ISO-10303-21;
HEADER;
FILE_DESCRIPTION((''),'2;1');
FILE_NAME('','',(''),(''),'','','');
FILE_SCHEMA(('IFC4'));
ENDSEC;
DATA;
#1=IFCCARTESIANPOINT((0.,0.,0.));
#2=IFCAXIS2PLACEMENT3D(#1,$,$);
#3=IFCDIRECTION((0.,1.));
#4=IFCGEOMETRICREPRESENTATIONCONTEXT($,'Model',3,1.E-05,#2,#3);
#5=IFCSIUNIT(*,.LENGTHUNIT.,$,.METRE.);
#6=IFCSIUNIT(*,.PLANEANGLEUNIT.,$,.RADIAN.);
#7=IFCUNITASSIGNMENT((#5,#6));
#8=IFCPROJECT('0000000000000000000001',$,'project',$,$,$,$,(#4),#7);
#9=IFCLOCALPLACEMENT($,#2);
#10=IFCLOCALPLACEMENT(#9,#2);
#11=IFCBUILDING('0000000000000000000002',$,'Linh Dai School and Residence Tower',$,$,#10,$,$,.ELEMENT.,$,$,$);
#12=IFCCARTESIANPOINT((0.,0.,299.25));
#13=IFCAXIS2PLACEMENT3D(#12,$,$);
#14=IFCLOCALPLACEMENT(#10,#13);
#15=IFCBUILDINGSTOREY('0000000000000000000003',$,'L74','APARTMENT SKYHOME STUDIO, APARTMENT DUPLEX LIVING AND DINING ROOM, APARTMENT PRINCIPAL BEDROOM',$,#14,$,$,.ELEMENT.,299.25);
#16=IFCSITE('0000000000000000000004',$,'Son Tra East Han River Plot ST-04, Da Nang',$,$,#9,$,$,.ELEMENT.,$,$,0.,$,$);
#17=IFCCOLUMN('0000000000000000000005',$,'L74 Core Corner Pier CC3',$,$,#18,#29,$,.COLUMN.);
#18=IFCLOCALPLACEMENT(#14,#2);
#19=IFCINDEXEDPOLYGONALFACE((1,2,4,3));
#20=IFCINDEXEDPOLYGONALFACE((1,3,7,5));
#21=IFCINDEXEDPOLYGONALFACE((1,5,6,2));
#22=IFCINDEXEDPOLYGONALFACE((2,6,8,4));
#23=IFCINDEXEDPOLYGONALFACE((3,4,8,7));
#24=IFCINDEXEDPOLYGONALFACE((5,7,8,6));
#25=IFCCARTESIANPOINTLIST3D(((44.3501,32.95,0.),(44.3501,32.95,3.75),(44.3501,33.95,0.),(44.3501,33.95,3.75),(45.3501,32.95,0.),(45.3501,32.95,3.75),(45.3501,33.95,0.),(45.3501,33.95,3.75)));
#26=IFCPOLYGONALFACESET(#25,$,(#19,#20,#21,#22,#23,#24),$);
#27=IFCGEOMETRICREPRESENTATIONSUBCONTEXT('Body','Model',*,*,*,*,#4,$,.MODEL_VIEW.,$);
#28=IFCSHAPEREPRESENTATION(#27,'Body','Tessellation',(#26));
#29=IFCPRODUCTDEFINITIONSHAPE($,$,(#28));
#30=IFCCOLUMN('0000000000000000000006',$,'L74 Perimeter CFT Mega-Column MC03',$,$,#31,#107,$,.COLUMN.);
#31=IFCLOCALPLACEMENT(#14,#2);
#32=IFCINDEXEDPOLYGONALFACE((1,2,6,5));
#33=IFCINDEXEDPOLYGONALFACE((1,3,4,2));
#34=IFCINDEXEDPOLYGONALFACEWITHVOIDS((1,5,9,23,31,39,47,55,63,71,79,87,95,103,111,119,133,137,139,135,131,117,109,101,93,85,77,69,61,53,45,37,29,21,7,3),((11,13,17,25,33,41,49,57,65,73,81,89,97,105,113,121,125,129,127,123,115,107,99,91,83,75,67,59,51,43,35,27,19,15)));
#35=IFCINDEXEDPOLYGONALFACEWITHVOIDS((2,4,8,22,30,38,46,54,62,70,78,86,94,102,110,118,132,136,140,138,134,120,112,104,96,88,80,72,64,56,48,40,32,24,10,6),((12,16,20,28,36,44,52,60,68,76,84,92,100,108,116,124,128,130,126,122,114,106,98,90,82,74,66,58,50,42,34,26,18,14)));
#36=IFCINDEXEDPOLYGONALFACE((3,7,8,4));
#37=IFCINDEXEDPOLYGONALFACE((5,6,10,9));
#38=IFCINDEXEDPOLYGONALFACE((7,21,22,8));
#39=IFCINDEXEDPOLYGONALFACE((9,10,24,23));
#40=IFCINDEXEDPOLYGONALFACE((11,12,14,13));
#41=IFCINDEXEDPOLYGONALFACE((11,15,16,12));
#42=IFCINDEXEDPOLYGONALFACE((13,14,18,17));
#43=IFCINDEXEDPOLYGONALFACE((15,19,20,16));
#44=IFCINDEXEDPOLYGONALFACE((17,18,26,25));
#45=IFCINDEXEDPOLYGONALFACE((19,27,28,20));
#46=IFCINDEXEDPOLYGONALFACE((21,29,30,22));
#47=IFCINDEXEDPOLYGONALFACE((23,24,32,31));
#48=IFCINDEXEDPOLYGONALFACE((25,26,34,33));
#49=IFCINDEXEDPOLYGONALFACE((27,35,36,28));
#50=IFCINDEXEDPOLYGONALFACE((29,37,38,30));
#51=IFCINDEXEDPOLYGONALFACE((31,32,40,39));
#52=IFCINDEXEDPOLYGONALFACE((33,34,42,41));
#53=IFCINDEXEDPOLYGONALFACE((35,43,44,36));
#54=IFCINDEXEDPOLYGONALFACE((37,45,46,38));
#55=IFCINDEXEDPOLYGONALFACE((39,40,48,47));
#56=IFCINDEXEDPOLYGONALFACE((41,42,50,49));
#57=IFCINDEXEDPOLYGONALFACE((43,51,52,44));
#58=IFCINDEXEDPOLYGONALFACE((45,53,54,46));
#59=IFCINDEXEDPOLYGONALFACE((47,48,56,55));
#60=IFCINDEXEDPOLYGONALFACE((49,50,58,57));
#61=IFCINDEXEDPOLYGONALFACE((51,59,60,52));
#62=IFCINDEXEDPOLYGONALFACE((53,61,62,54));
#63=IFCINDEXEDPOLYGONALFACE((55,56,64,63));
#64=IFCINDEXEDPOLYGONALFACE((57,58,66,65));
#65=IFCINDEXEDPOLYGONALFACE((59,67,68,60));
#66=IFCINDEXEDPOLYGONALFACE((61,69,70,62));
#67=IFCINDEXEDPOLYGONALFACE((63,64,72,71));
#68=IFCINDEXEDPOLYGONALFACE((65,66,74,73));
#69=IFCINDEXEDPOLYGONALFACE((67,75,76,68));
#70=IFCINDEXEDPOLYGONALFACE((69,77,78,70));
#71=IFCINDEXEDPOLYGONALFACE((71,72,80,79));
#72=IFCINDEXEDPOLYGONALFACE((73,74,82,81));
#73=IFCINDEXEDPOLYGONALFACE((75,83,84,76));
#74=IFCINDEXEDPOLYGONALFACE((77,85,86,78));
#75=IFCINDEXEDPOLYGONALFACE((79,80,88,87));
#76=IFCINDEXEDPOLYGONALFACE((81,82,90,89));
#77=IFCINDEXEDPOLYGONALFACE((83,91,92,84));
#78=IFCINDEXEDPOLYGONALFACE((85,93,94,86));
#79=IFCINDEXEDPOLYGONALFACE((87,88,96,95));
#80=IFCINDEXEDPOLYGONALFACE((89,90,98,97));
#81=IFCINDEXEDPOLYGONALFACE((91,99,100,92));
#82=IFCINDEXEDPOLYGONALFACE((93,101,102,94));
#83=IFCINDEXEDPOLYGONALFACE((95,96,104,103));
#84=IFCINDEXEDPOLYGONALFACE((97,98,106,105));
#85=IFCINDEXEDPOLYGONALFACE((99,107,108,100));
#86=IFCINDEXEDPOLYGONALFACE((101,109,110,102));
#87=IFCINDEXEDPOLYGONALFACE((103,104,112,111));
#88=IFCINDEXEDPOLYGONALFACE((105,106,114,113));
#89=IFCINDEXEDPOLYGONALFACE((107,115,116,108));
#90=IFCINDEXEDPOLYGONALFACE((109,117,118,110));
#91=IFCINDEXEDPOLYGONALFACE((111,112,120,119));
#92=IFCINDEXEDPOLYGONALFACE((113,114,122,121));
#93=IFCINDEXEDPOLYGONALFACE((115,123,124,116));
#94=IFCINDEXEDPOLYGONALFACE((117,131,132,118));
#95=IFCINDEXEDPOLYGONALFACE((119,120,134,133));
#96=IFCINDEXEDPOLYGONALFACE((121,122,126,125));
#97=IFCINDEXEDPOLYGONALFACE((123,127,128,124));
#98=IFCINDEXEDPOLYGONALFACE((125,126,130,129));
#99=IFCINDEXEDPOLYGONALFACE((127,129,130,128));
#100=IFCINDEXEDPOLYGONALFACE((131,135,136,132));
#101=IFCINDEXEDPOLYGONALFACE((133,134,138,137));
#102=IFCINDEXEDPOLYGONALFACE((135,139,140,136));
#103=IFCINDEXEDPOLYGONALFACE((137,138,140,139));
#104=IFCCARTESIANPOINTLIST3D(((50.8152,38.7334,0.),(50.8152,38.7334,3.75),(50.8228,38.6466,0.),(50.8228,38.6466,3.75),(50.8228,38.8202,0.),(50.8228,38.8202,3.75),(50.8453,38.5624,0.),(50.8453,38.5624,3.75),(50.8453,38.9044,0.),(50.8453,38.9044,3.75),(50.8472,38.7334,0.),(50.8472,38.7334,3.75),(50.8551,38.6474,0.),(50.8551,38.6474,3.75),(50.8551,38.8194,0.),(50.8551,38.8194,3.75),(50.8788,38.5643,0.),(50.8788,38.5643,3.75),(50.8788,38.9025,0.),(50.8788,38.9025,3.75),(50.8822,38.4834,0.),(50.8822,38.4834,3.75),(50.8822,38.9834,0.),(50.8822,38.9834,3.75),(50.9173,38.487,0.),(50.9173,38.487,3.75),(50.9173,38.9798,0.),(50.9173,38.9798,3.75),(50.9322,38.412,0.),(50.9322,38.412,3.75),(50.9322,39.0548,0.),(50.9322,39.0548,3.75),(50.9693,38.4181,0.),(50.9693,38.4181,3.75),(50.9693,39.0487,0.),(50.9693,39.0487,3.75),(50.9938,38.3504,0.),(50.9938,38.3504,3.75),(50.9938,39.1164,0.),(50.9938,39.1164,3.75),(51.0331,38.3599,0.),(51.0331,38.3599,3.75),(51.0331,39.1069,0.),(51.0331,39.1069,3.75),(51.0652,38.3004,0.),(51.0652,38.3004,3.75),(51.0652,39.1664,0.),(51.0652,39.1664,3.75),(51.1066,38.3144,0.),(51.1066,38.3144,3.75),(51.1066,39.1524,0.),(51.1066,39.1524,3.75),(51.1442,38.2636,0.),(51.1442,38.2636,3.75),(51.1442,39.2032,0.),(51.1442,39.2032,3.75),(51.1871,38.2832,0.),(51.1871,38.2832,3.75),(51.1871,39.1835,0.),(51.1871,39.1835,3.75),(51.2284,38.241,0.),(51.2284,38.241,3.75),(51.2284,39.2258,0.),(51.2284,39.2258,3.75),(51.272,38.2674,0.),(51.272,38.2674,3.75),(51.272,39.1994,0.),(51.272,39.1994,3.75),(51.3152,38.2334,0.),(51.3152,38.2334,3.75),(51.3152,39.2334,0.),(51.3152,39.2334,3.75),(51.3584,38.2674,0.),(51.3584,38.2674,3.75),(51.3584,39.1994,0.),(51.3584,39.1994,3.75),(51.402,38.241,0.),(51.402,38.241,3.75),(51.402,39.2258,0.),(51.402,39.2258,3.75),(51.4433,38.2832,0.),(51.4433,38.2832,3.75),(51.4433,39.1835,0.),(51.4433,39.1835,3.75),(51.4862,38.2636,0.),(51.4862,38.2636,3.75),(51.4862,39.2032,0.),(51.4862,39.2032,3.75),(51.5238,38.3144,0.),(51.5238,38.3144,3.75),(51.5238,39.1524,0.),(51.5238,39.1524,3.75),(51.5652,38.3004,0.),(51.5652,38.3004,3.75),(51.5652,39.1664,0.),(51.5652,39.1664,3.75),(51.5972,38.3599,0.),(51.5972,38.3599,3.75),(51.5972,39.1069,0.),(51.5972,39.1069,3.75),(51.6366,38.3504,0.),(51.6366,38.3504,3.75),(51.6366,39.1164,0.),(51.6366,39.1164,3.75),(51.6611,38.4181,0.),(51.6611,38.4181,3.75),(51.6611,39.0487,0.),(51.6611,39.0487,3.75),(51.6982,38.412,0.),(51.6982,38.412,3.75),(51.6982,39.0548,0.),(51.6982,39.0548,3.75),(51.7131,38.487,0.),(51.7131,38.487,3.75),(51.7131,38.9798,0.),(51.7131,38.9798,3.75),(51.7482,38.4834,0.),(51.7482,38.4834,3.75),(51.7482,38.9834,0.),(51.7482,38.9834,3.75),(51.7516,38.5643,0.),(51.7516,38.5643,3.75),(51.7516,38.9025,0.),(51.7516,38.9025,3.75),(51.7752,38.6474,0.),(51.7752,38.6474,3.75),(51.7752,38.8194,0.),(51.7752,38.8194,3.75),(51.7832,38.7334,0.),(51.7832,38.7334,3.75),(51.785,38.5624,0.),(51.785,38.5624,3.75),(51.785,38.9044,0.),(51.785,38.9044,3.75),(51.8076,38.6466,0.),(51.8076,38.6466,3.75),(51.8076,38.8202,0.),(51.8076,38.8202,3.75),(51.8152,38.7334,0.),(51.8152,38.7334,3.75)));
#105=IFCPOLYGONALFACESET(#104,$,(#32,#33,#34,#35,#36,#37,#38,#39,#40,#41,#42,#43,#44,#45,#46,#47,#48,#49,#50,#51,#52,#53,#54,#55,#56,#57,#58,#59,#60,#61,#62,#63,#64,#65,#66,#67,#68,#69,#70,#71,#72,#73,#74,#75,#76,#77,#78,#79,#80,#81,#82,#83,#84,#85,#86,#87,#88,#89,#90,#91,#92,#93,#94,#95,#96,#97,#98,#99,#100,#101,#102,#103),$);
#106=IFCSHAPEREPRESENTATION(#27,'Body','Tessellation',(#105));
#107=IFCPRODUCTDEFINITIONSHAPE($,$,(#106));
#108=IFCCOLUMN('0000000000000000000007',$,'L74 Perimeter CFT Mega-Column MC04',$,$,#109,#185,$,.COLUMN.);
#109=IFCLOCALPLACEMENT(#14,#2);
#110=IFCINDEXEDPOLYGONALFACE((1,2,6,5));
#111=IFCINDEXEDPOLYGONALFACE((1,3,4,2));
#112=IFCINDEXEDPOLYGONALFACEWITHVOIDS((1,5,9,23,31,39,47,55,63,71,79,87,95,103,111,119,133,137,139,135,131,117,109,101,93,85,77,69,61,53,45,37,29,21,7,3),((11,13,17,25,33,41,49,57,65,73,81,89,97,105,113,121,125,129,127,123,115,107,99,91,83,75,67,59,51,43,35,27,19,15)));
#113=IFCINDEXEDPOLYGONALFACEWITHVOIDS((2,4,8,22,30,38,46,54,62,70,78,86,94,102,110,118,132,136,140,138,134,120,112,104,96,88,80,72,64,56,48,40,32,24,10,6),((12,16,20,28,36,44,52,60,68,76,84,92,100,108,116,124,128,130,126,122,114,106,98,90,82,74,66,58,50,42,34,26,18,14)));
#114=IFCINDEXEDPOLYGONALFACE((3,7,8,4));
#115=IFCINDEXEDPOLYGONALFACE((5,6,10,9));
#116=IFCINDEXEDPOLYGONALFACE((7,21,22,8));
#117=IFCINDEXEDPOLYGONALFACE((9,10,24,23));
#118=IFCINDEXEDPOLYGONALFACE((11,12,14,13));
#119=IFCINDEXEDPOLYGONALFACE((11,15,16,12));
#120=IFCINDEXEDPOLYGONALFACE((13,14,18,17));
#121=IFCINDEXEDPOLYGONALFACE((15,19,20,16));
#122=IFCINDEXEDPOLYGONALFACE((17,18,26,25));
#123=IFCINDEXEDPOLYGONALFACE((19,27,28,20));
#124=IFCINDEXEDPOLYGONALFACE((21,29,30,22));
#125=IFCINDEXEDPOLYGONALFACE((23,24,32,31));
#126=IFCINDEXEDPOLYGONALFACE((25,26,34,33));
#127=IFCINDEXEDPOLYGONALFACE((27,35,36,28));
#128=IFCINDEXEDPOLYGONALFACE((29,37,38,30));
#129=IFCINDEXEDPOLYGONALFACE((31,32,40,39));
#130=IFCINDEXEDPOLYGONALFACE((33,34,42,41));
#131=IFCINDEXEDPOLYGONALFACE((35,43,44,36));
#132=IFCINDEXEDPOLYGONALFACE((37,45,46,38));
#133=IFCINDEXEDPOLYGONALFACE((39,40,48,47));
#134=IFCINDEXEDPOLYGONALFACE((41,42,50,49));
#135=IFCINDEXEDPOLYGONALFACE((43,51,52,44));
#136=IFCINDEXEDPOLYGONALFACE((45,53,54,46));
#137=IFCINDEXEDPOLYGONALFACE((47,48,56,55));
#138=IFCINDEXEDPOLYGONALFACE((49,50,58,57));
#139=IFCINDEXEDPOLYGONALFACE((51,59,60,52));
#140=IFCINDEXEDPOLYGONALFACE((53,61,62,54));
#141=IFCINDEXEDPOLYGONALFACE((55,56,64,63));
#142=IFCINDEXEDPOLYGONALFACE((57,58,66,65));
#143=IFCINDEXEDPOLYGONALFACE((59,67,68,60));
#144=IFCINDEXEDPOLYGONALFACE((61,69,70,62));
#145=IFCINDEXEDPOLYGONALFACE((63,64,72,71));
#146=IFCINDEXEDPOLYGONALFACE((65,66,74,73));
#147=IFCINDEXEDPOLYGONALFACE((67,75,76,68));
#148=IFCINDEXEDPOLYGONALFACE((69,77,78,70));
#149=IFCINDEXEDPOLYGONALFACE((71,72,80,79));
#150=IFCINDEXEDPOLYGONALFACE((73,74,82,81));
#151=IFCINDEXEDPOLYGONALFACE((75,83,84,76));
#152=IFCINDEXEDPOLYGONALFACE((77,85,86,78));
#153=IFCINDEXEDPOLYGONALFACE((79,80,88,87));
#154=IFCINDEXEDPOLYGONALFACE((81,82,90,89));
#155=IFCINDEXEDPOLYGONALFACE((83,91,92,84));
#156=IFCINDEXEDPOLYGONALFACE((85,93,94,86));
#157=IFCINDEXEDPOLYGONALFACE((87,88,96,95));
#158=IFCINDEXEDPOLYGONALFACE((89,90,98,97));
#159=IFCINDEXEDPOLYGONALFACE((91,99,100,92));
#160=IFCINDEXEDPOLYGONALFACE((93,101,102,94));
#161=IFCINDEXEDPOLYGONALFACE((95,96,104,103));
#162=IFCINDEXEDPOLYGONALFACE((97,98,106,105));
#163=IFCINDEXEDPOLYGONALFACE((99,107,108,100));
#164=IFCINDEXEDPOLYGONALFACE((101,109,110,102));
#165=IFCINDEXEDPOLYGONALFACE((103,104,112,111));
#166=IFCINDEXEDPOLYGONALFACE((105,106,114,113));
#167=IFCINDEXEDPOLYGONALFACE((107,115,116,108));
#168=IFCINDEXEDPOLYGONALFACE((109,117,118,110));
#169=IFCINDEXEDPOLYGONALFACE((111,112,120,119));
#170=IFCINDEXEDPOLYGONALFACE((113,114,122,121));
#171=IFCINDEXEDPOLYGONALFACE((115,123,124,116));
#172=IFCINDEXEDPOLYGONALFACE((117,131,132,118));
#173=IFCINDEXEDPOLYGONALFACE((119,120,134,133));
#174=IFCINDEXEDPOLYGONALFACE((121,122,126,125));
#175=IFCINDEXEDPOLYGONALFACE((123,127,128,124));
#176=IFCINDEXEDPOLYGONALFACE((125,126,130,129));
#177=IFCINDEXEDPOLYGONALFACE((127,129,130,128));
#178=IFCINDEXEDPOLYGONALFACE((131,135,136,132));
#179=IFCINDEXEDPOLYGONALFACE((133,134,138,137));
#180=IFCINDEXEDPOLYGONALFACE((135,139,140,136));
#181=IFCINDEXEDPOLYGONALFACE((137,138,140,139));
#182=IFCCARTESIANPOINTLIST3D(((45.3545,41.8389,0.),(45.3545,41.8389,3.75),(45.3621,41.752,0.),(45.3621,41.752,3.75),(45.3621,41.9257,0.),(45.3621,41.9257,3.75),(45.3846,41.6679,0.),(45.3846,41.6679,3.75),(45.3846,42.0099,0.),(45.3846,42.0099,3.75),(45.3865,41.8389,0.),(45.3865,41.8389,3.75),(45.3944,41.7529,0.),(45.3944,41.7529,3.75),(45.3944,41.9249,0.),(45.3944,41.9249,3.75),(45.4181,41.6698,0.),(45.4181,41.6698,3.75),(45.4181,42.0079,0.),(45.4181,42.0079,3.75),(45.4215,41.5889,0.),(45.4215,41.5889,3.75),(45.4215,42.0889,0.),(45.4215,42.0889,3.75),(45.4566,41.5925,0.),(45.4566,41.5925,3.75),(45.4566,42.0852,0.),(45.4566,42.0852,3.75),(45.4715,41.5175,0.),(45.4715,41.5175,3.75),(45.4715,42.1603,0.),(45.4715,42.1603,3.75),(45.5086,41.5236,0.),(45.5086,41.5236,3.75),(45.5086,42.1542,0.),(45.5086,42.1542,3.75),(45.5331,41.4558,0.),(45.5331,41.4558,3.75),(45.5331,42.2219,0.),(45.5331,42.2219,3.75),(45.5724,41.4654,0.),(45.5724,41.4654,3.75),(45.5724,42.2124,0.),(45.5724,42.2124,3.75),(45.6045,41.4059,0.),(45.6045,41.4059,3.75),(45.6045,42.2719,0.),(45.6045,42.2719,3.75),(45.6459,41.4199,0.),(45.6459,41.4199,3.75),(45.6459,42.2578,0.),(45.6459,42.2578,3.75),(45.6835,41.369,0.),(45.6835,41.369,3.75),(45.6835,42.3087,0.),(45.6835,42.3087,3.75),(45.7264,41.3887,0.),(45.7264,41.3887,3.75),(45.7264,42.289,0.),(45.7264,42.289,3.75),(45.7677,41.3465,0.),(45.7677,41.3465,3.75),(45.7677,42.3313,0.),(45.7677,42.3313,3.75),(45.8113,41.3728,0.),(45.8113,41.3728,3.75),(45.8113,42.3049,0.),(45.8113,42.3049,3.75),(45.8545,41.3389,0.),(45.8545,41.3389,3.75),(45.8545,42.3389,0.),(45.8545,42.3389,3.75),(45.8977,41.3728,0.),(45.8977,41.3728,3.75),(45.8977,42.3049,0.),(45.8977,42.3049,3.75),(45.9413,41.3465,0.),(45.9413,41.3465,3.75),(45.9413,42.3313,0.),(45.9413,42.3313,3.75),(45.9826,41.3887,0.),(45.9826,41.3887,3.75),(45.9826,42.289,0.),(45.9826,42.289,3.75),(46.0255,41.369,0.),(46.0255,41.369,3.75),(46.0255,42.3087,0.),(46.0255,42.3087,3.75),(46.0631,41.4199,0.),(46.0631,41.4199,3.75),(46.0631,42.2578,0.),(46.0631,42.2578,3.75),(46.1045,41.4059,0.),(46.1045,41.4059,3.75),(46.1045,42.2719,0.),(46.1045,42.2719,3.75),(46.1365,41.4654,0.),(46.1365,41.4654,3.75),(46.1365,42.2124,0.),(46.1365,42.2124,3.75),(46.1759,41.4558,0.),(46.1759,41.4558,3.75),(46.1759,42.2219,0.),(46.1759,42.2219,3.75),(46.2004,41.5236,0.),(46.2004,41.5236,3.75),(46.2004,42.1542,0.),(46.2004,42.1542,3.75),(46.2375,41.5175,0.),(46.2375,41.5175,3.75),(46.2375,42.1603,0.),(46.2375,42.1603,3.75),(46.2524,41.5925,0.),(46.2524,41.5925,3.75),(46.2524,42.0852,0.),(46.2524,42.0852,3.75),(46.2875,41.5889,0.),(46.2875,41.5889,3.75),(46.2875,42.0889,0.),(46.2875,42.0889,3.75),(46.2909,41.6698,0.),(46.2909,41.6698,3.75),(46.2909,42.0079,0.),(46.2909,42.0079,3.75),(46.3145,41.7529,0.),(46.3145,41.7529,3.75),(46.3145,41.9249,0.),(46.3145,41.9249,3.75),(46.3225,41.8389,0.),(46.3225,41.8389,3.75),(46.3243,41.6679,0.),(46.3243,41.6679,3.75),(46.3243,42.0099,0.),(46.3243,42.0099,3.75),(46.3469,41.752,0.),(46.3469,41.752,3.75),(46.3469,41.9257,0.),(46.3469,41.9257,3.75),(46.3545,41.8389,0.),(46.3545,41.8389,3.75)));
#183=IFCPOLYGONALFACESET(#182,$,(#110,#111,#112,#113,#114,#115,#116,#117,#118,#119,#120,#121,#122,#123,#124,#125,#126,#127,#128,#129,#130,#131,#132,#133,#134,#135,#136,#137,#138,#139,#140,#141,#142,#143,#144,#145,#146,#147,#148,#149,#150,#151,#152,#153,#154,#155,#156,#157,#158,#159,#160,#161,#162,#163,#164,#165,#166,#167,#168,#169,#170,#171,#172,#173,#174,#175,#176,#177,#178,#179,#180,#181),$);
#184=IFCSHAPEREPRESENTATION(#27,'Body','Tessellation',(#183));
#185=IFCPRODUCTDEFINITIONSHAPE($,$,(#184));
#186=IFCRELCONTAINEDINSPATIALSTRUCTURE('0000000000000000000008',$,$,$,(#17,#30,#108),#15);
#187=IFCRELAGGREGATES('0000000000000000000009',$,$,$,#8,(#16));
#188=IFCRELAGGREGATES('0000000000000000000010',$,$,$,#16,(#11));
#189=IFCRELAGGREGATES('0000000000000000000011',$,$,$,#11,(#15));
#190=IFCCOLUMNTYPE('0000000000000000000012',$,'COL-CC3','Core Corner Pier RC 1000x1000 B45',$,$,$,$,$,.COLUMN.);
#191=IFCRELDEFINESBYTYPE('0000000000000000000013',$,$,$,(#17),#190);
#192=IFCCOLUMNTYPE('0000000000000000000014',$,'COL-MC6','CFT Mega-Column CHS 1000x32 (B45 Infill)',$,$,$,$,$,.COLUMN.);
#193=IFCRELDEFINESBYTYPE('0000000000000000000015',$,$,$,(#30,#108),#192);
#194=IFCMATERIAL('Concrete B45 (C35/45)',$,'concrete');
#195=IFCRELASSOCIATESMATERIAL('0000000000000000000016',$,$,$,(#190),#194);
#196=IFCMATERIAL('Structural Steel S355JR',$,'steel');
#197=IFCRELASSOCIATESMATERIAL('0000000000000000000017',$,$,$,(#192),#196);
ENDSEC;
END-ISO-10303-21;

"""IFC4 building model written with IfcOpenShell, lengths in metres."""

from ifc_helpers import new_model, si_unit, direction, frame, origin, origin_2d, place, context, subcontext, project, spatial, rectangle, hollow_circle, extrude, material, material_profile, profile_set, type_object, element, save


model = new_model("IFC4")

# Units and contexts
model_context = context("Model", 3, precision=1e-05, world=origin(), true_north=direction((0.0, 1.0)))
body_context = subcontext(model_context, "Body", "Model", "MODEL_VIEW")
ifc_project = project(units=[si_unit("LENGTHUNIT", "METRE"), si_unit("PLANEANGLEUNIT", "RADIAN")], contexts=[model_context])

# Site, building, storey
site_placement = place(None, origin())
site = spatial("IfcSite", under=ifc_project, at=site_placement, Name="Son Tra East Han River Plot ST-04, Da Nang", CompositionType="ELEMENT", RefElevation=0.0)
building_placement = place(site_placement, origin())
building = spatial("IfcBuilding", under=site, at=building_placement, Name="Linh Dai School and Residence Tower", CompositionType="ELEMENT")
storey_placement = place(building_placement, frame((0.0, 0.0, 299.25)))
storey = spatial("IfcBuildingStorey", under=building, at=storey_placement, Name="L74", Description="APARTMENT SKYHOME STUDIO, APARTMENT DUPLEX LIVING AND DINING ROOM, APARTMENT PRINCIPAL BEDROOM", CompositionType="ELEMENT", Elevation=299.25)

# Columns
ifc_material_1 = material(Name="Concrete B45 (C35/45)", Category="concrete")
ifc_material_profile_1 = material_profile(ifc_material_1, rectangle(XDim=1.0, YDim=1.0, at=origin_2d()), Name="RC 1000x1000")
ifc_profile_set_1 = profile_set([ifc_material_profile_1], Name="Concrete B45 (C35/45)")
column_type_1 = type_object("IfcColumnType", Name="COL-CC3", Description="Core Corner Pier RC 1000x1000 B45", PredefinedType="COLUMN", material=ifc_profile_set_1)
column_placement = place(storey_placement, frame((44.8501, 33.45, 0.0), z_axis=(0.0, 0.0, 1.0), x_axis=(1.0, 0.0, 0.0)))
element("IfcColumn", 1, at=column_placement, inside=storey, type_object=column_type_1, Name="L74 Core Corner Pier CC3", PredefinedType="COLUMN", context=body_context, shape_type="SweptSolid", body=[
    extrude(rectangle(XDim=1.0, YDim=1.0, at=origin_2d()), origin(), (0.0, 0.0, 1.0), 3.75),
])
ifc_material_2 = material(Name="Structural Steel S355JR", Category="steel")
ifc_material_profile_2 = material_profile(ifc_material_2, hollow_circle(Radius=0.5, WallThickness=0.032, at=origin_2d()), Name="CHS 1000x32")
ifc_profile_set_2 = profile_set([ifc_material_profile_2], Name="Structural Steel S355JR")
column_type_2 = type_object("IfcColumnType", Name="COL-MC6", Description="CFT Mega-Column CHS 1000x32 (B45 Infill)", PredefinedType="COLUMN", material=ifc_profile_set_2)
for number, where, z_axis, x_axis, name in (
    (2, (51.3152, 38.7334, 0.0), (0.0, 0.0, 1.0), (1.0, 0.0, 0.0), "L74 Perimeter CFT Mega-Column MC03"),
    (3, (45.8545, 41.8389, 0.0), (0.0, 0.0, 1.0), (1.0, 0.0, 0.0), "L74 Perimeter CFT Mega-Column MC04"),
):
    element("IfcColumn", number, at=place(storey_placement, frame(where, z_axis=z_axis, x_axis=x_axis)), inside=storey, type_object=column_type_2, Name=name, PredefinedType="COLUMN", context=body_context, shape_type="SweptSolid", body=[
        extrude(hollow_circle(Radius=0.5, WallThickness=0.032, at=origin_2d()), origin(), (0.0, 0.0, 1.0), 3.75),
    ])

save(model, "model.ifc")
